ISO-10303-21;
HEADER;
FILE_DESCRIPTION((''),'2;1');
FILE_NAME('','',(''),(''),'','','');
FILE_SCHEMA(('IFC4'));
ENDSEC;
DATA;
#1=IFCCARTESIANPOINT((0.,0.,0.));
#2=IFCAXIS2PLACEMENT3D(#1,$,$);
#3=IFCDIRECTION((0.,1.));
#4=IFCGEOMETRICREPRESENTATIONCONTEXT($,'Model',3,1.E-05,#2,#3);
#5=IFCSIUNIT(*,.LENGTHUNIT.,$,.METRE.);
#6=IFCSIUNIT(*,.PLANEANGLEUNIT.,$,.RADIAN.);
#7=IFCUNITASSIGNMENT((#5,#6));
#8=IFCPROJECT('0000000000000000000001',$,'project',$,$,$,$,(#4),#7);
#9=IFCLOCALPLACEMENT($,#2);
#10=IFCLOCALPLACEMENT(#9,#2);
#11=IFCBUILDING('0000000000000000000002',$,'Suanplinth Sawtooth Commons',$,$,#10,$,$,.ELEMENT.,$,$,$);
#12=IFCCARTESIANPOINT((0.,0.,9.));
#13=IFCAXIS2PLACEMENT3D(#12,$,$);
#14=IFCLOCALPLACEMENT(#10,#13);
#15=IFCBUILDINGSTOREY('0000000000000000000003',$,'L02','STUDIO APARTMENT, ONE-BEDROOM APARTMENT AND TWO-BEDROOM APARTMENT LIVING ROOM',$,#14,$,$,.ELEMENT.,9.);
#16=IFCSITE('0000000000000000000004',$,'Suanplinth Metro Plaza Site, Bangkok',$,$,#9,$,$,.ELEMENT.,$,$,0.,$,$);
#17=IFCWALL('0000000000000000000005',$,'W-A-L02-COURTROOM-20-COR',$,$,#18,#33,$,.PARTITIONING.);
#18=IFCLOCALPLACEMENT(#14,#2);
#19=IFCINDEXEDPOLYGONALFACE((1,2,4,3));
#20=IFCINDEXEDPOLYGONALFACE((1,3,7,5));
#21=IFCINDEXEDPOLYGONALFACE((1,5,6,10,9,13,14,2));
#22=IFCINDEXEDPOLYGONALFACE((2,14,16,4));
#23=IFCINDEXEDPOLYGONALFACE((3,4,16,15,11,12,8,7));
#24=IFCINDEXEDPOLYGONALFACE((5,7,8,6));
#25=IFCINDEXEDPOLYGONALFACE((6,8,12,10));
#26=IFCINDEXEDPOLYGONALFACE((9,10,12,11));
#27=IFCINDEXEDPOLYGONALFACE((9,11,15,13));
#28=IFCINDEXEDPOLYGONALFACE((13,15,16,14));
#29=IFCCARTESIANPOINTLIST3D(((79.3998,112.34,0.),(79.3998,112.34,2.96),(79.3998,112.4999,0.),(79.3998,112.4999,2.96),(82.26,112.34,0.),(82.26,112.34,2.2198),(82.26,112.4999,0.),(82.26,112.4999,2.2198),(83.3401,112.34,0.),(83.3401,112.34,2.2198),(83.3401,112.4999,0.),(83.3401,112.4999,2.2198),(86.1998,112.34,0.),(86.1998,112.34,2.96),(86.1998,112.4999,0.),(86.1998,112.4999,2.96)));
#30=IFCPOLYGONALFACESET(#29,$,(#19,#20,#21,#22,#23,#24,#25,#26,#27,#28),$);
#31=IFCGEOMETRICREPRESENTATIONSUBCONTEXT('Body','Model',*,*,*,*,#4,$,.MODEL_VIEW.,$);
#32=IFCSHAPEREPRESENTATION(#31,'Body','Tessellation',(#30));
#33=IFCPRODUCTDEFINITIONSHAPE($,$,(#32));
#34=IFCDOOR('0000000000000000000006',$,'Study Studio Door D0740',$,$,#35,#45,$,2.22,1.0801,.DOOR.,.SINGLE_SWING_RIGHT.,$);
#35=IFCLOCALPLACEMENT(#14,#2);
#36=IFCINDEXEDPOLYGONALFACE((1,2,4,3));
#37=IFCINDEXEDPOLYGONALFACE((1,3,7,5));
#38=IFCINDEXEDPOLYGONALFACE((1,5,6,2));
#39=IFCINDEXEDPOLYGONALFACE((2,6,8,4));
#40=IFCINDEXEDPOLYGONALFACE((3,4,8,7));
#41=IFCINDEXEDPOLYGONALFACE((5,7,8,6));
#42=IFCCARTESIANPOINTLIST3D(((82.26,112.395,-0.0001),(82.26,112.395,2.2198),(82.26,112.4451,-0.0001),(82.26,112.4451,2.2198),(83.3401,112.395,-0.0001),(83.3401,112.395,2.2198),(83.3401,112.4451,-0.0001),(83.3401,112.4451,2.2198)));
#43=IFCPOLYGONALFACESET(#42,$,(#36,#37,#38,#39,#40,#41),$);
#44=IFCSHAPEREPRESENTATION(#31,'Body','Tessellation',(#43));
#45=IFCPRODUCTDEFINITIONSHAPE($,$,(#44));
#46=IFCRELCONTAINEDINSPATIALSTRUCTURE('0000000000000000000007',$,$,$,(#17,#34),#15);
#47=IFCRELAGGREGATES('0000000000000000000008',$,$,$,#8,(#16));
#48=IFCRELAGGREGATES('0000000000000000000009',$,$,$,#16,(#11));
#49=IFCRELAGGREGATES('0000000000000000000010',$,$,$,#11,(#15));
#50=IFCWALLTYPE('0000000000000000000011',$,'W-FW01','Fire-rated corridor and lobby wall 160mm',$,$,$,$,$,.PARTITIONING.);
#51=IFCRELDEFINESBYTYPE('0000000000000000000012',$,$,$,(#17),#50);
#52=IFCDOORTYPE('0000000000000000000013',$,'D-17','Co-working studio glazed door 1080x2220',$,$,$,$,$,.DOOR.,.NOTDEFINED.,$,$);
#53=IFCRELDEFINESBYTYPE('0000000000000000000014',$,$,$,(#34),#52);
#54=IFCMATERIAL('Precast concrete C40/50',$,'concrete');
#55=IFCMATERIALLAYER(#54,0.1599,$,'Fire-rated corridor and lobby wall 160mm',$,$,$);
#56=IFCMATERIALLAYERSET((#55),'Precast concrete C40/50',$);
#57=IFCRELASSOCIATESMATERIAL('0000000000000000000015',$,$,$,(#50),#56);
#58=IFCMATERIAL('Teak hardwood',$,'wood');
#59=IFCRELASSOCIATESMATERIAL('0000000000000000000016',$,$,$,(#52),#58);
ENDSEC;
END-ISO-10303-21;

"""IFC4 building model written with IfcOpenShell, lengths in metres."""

from ifc_helpers import new_model, si_unit, direction, frame, frame_2d, origin, place, context, subcontext, project, spatial, rectangle, extrude, material, layer, layer_set, type_object, element, fill, save


model = new_model("IFC4")

# Units and contexts
model_context = context("Model", 3, precision=1e-05, world=origin(), true_north=direction((0.0, 1.0)))
body_context = subcontext(model_context, "Body", "Model", "MODEL_VIEW")
ifc_project = project(units=[si_unit("LENGTHUNIT", "METRE"), si_unit("PLANEANGLEUNIT", "RADIAN")], contexts=[model_context])

# Site, building, storey
site_placement = place(None, origin())
site = spatial("IfcSite", under=ifc_project, at=site_placement, Name="Suanplinth Metro Plaza Site, Bangkok", CompositionType="ELEMENT", RefElevation=0.0)
building_placement = place(site_placement, origin())
building = spatial("IfcBuilding", under=site, at=building_placement, Name="Suanplinth Sawtooth Commons", CompositionType="ELEMENT")
storey_placement = place(building_placement, frame((0.0, 0.0, 9.0)))
storey = spatial("IfcBuildingStorey", under=building, at=storey_placement, Name="L02", Description="STUDIO APARTMENT, ONE-BEDROOM APARTMENT AND TWO-BEDROOM APARTMENT LIVING ROOM", CompositionType="ELEMENT", Elevation=9.0)

# Shared definitions
ifc_material_1 = material(Name="Precast concrete C40/50", Category="concrete")

# Wall, opening, door
ifc_layer_1 = layer(ifc_material_1, 0.1599, Name="Fire-rated corridor and lobby wall 160mm")
ifc_layer_set_1 = layer_set([ifc_layer_1], Name="Precast concrete C40/50")
wall_type_1 = type_object("IfcWallType", Name="W-FW01", Description="Fire-rated corridor and lobby wall 160mm", PredefinedType="PARTITIONING", material=ifc_layer_set_1)
ifc_material_2 = material(Name="Teak hardwood", Category="wood")
door_type_1 = type_object("IfcDoorType", Name="D-17", Description="Co-working studio glazed door 1080x2220", OperationType="NOTDEFINED", PredefinedType="DOOR", material=ifc_material_2)
wall_1_placement = place(storey_placement, frame((79.3999, 112.4199, 0.0), z_axis=(0.0, 0.0, 1.0), x_axis=(1.0, 0.0, 0.0)))
wall_1 = element("IfcWall", 1, at=wall_1_placement, inside=storey, type_object=wall_type_1, Name="W-A-L02-COURTROOM-20-COR", PredefinedType="PARTITIONING", context=body_context, shape_type="SweptSolid", body=[
    extrude(rectangle(XDim=6.8, YDim=0.1599, at=frame_2d((3.3999, 0.0))), origin(), (0.0, 0.0, 1.0), 2.96),
])
opening_1_placement = place(wall_1_placement, frame((2.8601, 0.0, 0.0)))
opening_1 = element("IfcOpeningElement", 2, at=opening_1_placement, cuts=wall_1, PredefinedType="OPENING", context=body_context, shape_type="SweptSolid", body=[
    extrude(rectangle(XDim=1.0801, YDim=2.22, at=frame_2d((0.54, 1.1099))), frame((0.0, 0.0947, 0.0), z_axis=(0.0, -1.0, 0.0), x_axis=(1.0, 0.0, 0.0)), (0.0, 0.0, 1.0), 0.1897),
])
door_1_placement = place(opening_1_placement, frame((1.0801, 0.0, 0.0), z_axis=(0.0, 0.0, 1.0), x_axis=(-1.0, 0.0, 0.0)))
door_1 = element("IfcDoor", 3, at=door_1_placement, inside=storey, type_object=door_type_1, Name="Study Studio Door D0740", OperationType="SINGLE_SWING_RIGHT", OverallHeight=2.22, OverallWidth=1.0801, PredefinedType="DOOR", context=body_context, shape_type="SweptSolid", body=[
    extrude(rectangle(XDim=1.0801, YDim=2.22, at=frame_2d((0.54, 1.1099))), frame((0.0, 0.0249, 0.0), z_axis=(0.0, -1.0, 0.0), x_axis=(1.0, 0.0, 0.0)), (0.0, 0.0, 1.0), 0.05),
])
fill(opening_1, door_1)

save(model, "model.ifc")
